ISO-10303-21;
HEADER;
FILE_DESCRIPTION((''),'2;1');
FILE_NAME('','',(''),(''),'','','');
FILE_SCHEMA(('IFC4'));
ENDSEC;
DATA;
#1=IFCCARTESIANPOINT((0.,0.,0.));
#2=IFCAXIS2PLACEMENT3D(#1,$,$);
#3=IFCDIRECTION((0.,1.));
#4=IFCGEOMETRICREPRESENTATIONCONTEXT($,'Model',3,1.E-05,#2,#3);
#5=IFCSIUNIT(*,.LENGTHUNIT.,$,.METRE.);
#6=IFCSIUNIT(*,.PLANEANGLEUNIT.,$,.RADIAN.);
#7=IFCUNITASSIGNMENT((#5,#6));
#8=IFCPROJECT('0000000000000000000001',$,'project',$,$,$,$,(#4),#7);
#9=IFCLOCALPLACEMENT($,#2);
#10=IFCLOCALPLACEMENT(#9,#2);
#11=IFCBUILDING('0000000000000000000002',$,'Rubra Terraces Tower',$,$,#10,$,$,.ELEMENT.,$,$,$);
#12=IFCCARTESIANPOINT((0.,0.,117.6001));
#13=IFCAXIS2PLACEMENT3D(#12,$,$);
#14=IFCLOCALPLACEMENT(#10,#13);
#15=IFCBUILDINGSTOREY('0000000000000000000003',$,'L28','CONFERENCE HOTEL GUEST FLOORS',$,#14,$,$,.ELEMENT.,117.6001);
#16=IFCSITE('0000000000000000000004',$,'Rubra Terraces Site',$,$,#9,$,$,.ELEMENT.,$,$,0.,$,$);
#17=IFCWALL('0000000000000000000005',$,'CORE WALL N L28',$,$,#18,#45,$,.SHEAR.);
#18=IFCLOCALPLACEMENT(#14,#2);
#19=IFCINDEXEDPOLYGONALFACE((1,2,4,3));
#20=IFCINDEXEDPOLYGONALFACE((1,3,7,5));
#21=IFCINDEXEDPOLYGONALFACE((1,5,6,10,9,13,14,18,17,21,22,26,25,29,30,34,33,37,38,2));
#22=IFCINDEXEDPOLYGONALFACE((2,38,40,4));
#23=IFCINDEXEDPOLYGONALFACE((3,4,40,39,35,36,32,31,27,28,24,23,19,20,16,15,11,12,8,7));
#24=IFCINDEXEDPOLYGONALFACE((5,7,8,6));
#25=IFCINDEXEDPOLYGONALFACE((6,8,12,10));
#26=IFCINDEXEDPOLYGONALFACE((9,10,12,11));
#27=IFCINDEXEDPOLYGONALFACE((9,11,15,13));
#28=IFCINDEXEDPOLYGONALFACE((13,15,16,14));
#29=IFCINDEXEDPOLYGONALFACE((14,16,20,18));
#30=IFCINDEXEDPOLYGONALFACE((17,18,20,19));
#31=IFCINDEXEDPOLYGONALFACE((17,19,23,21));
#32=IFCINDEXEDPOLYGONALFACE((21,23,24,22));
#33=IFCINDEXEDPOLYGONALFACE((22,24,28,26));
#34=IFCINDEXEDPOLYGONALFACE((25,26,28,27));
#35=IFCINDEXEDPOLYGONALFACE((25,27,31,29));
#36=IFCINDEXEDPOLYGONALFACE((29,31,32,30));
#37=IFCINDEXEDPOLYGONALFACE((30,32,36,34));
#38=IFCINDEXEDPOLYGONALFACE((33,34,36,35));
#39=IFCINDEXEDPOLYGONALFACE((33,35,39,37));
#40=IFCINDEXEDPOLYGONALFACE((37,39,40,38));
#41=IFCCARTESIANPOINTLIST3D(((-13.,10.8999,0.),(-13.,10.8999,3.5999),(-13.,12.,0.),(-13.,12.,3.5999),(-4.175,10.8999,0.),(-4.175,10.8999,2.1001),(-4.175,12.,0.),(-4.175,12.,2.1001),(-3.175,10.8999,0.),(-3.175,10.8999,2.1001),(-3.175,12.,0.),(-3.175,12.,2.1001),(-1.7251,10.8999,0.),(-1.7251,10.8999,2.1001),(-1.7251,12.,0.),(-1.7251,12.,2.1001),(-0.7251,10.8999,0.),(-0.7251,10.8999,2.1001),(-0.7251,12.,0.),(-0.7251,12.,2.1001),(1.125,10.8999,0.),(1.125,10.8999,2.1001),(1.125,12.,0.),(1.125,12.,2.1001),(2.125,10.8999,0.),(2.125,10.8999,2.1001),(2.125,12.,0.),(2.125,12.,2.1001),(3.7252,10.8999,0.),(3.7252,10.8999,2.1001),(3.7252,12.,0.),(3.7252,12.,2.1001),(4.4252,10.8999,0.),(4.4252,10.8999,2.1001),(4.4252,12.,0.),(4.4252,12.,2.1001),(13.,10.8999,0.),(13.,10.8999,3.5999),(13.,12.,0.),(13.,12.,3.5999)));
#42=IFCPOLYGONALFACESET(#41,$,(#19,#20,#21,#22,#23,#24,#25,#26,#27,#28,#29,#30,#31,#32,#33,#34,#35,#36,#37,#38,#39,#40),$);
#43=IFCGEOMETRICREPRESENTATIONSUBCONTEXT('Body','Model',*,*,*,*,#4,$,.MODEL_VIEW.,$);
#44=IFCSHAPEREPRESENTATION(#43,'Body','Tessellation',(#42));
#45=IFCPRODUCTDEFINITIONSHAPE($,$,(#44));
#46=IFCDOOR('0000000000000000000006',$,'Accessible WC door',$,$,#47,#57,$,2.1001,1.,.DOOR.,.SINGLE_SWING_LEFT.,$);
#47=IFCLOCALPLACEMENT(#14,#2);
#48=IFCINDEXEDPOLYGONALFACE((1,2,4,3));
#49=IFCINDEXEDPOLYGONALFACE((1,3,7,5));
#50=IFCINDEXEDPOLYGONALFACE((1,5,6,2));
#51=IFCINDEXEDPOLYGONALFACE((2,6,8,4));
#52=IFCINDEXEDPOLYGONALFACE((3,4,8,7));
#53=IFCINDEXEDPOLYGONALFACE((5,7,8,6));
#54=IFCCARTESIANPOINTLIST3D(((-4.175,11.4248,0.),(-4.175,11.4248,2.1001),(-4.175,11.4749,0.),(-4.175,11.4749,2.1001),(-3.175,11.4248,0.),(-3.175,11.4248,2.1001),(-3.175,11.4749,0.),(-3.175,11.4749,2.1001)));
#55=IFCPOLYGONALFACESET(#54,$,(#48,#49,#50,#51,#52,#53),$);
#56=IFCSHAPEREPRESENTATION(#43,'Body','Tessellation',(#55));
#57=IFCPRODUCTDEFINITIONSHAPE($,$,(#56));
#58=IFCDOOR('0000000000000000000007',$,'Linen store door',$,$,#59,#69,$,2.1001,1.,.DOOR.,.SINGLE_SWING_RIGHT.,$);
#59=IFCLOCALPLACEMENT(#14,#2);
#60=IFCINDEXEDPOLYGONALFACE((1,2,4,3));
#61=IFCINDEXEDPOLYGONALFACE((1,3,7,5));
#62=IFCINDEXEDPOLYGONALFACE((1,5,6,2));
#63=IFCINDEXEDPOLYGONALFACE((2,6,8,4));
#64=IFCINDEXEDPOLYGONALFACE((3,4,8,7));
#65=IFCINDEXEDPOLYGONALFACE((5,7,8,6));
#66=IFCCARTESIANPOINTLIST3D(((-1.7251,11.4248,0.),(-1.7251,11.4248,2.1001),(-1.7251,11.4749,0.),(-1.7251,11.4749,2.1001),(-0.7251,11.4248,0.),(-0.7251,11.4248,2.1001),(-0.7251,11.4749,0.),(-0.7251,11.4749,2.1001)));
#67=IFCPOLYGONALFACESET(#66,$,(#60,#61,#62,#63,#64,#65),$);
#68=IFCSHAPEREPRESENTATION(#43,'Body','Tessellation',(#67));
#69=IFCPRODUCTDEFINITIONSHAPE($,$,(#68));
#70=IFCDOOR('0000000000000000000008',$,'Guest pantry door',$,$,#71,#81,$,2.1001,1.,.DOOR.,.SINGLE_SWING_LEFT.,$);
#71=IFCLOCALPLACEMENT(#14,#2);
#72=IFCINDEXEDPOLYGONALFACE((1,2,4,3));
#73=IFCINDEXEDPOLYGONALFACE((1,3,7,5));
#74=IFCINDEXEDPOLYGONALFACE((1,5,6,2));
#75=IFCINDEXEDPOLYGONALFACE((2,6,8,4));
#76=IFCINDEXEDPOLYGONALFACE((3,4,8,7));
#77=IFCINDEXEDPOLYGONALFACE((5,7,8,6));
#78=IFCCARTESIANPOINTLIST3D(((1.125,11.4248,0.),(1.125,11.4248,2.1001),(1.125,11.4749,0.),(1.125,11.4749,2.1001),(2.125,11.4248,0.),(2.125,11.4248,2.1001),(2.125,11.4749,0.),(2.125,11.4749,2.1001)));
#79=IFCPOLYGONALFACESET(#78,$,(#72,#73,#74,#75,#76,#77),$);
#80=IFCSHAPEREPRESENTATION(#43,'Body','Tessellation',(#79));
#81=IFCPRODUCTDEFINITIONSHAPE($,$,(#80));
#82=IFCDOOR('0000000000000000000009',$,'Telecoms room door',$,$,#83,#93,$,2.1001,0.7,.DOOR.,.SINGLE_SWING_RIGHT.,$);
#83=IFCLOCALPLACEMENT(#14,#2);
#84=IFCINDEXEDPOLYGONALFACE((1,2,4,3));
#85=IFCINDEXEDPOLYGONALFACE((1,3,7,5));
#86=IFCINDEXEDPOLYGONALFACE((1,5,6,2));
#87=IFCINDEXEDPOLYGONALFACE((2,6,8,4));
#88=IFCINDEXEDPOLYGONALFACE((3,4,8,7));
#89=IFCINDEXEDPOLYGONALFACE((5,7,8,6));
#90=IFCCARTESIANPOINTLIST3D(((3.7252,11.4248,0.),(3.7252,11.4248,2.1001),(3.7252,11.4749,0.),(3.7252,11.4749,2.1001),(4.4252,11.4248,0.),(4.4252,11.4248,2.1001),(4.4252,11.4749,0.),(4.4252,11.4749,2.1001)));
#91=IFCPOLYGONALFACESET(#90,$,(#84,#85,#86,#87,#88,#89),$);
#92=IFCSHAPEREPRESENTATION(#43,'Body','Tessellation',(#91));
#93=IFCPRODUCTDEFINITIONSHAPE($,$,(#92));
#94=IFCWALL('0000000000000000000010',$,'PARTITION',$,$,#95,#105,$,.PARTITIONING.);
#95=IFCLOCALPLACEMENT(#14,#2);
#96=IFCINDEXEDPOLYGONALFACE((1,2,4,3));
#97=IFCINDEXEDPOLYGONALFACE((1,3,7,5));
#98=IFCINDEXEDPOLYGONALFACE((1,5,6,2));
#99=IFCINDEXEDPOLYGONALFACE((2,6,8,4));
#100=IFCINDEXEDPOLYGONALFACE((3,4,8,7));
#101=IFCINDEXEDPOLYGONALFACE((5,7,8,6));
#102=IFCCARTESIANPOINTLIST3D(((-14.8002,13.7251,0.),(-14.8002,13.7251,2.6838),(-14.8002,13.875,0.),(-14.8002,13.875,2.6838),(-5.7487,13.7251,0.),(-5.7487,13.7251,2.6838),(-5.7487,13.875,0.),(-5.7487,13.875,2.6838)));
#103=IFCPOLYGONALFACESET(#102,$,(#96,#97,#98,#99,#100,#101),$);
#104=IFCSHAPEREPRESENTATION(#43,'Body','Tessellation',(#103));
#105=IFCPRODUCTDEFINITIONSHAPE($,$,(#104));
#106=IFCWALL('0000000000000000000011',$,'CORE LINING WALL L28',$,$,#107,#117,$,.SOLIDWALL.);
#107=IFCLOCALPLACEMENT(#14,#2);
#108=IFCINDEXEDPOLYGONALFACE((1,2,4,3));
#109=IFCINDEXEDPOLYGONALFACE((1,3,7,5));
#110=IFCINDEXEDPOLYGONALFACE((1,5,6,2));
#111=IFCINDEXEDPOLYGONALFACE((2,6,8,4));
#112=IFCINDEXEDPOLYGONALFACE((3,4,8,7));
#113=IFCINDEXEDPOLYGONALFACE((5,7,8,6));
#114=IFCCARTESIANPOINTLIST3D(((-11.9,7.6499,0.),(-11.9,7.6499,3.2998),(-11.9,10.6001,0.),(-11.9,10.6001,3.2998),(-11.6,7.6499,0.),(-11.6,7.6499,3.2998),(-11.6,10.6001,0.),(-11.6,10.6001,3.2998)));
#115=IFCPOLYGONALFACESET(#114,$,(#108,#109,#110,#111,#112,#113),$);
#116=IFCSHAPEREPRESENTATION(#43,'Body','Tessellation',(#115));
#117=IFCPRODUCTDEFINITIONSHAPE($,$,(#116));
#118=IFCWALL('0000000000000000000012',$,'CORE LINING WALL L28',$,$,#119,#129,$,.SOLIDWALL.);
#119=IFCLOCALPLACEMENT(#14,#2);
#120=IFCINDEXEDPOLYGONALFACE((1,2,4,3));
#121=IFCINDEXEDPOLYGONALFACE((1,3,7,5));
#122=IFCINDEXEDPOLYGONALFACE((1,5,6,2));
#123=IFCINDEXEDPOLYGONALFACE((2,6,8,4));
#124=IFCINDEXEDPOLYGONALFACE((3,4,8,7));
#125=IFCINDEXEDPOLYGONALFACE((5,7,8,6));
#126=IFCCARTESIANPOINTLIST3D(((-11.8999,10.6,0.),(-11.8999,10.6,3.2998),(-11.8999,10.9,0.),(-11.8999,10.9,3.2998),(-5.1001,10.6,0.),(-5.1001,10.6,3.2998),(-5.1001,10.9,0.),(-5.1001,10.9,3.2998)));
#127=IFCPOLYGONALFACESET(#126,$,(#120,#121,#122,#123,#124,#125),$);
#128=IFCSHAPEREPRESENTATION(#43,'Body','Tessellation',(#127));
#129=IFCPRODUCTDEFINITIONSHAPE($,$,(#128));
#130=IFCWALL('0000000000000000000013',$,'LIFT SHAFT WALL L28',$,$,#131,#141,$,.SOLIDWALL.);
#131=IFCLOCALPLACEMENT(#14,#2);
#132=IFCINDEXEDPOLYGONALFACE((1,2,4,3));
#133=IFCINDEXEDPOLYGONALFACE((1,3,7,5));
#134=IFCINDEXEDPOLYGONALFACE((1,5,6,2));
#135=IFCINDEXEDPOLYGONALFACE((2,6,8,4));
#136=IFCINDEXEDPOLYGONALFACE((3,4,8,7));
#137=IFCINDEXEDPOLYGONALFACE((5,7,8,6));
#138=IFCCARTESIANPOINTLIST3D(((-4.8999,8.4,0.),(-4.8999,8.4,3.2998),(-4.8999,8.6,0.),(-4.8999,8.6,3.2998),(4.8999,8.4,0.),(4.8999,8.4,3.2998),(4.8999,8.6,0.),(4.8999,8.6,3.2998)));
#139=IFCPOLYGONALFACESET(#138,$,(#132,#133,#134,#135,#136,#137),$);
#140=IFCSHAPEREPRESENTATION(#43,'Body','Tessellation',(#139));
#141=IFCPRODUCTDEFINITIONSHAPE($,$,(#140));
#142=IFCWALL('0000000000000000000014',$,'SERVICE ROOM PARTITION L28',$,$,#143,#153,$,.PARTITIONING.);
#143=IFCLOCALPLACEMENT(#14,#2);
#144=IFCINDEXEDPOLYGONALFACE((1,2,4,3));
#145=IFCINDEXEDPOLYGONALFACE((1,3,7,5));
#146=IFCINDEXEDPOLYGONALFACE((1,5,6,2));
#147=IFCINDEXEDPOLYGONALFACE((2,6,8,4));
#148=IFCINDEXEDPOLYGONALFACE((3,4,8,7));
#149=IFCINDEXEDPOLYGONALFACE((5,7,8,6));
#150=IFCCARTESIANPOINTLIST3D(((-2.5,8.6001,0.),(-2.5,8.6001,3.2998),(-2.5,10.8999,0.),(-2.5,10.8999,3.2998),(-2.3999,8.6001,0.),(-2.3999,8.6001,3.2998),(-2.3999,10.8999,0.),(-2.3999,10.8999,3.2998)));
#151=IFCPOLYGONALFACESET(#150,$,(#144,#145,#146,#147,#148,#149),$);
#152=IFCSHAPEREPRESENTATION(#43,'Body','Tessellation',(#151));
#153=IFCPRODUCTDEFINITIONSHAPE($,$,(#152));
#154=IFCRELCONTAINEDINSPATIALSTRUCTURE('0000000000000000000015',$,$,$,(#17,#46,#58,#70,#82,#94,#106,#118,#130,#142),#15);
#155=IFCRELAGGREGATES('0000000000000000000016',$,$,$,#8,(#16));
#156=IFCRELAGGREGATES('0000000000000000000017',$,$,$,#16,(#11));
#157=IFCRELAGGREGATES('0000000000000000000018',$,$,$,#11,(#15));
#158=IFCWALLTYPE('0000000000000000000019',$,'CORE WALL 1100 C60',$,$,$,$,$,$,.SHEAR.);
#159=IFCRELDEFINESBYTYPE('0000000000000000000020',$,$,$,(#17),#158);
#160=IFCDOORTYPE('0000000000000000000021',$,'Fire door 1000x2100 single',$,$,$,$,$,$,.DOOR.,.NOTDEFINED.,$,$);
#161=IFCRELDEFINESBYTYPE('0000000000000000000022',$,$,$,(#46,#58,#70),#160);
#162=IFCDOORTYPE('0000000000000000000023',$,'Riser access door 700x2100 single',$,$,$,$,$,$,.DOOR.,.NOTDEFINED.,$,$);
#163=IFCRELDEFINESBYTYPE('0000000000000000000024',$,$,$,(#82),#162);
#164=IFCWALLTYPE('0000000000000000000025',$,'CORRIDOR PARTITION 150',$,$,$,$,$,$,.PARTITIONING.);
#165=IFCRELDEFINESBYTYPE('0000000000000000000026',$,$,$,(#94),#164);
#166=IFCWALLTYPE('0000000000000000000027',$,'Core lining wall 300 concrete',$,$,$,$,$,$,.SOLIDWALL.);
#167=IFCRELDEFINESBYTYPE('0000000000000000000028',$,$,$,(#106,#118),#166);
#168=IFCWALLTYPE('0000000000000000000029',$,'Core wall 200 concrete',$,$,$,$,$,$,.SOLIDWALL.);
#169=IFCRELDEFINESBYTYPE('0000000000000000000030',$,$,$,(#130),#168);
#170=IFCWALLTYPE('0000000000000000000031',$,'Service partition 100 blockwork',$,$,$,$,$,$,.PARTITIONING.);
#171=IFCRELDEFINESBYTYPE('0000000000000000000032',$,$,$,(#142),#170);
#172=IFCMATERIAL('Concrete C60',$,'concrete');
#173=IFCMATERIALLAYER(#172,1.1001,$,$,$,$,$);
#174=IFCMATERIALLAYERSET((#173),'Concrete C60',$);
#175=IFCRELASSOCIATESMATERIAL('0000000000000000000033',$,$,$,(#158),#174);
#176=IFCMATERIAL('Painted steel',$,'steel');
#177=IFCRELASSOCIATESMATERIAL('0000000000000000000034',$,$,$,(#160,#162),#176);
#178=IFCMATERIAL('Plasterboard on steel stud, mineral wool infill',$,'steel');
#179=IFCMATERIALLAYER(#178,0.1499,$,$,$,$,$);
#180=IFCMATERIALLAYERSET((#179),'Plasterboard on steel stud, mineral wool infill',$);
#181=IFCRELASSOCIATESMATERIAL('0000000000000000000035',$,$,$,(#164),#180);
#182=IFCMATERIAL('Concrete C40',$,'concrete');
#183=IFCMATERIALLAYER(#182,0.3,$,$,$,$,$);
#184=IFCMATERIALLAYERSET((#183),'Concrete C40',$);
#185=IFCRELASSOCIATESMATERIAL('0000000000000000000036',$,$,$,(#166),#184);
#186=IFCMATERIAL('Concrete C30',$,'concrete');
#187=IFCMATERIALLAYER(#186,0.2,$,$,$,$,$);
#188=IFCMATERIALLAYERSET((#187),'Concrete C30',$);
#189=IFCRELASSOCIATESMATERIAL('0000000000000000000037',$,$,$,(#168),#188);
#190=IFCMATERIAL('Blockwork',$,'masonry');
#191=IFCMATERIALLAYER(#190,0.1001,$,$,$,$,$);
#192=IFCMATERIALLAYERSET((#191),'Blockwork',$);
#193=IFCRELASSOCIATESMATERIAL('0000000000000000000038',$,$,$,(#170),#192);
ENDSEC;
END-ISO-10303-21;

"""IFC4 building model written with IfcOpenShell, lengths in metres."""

from ifc_helpers import new_model, si_unit, direction, frame, frame_2d, origin, place, context, subcontext, project, spatial, rectangle, extrude, material, layer, layer_set, type_object, element, fill, save


model = new_model("IFC4")

# Units and contexts
model_context = context("Model", 3, precision=1e-05, world=origin(), true_north=direction((0.0, 1.0)))
body_context = subcontext(model_context, "Body", "Model", "MODEL_VIEW")
ifc_project = project(units=[si_unit("LENGTHUNIT", "METRE"), si_unit("PLANEANGLEUNIT", "RADIAN")], contexts=[model_context])

# Site, building, storey
site_placement = place(None, origin())
site = spatial("IfcSite", under=ifc_project, at=site_placement, Name="Rubra Terraces Site", CompositionType="ELEMENT", RefElevation=0.0)
building_placement = place(site_placement, origin())
building = spatial("IfcBuilding", under=site, at=building_placement, Name="Rubra Terraces Tower", CompositionType="ELEMENT")
storey_placement = place(building_placement, frame((0.0, 0.0, 117.6001)))
storey = spatial("IfcBuildingStorey", under=building, at=storey_placement, Name="L28", Description="CONFERENCE HOTEL GUEST FLOORS", CompositionType="ELEMENT", Elevation=117.6001)

# Wall, openings, doors
ifc_material_1 = material(Name="Concrete C60", Category="concrete")
ifc_layer_1 = layer(ifc_material_1, 1.1001)
ifc_layer_set_1 = layer_set([ifc_layer_1], Name="Concrete C60")
wall_type_1 = type_object("IfcWallType", Name="CORE WALL 1100 C60", PredefinedType="SHEAR", material=ifc_layer_set_1)
wall_1_placement = place(storey_placement, frame((-13.0, 11.45, 0.0), z_axis=(0.0, 0.0, 1.0), x_axis=(1.0, 0.0, 0.0)))
wall_1 = element("IfcWall", 1, at=wall_1_placement, inside=storey, type_object=wall_type_1, Name="CORE WALL N L28", PredefinedType="SHEAR", context=body_context, shape_type="SweptSolid", body=[
    extrude(rectangle(XDim=26.0, YDim=1.1001, at=frame_2d((13.0, 0.0))), origin(), (0.0, 0.0, 1.0), 3.5999),
])
opening_1_placement = place(wall_1_placement, frame((8.825, 0.0, 0.0)))
opening_1 = element("IfcOpeningElement", 2, at=opening_1_placement, cuts=wall_1, PredefinedType="OPENING", context=body_context, shape_type="SweptSolid", body=[
    extrude(rectangle(XDim=1.0, YDim=2.1001, at=frame_2d((0.5, 1.05))), frame((0.0, 0.5601, 0.0), z_axis=(0.0, -1.0, 0.0), x_axis=(1.0, 0.0, 0.0)), (0.0, 0.0, 1.0), 1.1201),
])
opening_2_placement = place(wall_1_placement, frame((11.2749, 0.0, 0.0)))
opening_2 = element("IfcOpeningElement", 3, at=opening_2_placement, cuts=wall_1, PredefinedType="OPENING", context=body_context, shape_type="SweptSolid", body=[
    extrude(rectangle(XDim=1.0, YDim=2.1001, at=frame_2d((0.5, 1.05))), frame((0.0, 0.5601, 0.0), z_axis=(0.0, -1.0, 0.0), x_axis=(1.0, 0.0, 0.0)), (0.0, 0.0, 1.0), 1.1201),
])
opening_3_placement = place(wall_1_placement, frame((14.125, 0.0, 0.0)))
opening_3 = element("IfcOpeningElement", 4, at=opening_3_placement, cuts=wall_1, PredefinedType="OPENING", context=body_context, shape_type="SweptSolid", body=[
    extrude(rectangle(XDim=1.0, YDim=2.1001, at=frame_2d((0.5, 1.05))), frame((0.0, 0.5601, 0.0), z_axis=(0.0, -1.0, 0.0), x_axis=(1.0, 0.0, 0.0)), (0.0, 0.0, 1.0), 1.1201),
])
opening_4_placement = place(wall_1_placement, frame((16.7251, 0.0, 0.0)))
opening_4 = element("IfcOpeningElement", 5, at=opening_4_placement, cuts=wall_1, PredefinedType="OPENING", context=body_context, shape_type="SweptSolid", body=[
    extrude(rectangle(XDim=0.7, YDim=2.1001, at=frame_2d((0.3501, 1.05))), frame((0.0, 0.5601, 0.0), z_axis=(0.0, -1.0, 0.0), x_axis=(1.0, 0.0, 0.0)), (0.0, 0.0, 1.0), 1.1201),
])
ifc_material_2 = material(Name="Painted steel", Category="steel")
door_type_1 = type_object("IfcDoorType", Name="Fire door 1000x2100 single", OperationType="NOTDEFINED", PredefinedType="DOOR", material=ifc_material_2)
door_1_placement = place(opening_1_placement, origin())
door_1 = element("IfcDoor", 6, at=door_1_placement, inside=storey, type_object=door_type_1, Name="Accessible WC door", OperationType="SINGLE_SWING_LEFT", OverallHeight=2.1001, OverallWidth=1.0, PredefinedType="DOOR", context=body_context, shape_type="SweptSolid", body=[
    extrude(rectangle(XDim=1.0, YDim=2.1001, at=frame_2d((0.5, 1.05))), frame((0.0, 0.0249, 0.0), z_axis=(0.0, -1.0, 0.0), x_axis=(1.0, 0.0, 0.0)), (0.0, 0.0, 1.0), 0.05),
])
fill(opening_1, door_1)
door_2_placement = place(opening_2_placement, origin())
door_2 = element("IfcDoor", 7, at=door_2_placement, inside=storey, type_object=door_type_1, Name="Linen store door", OperationType="SINGLE_SWING_RIGHT", OverallHeight=2.1001, OverallWidth=1.0, PredefinedType="DOOR", context=body_context, shape_type="SweptSolid", body=[
    extrude(rectangle(XDim=1.0, YDim=2.1001, at=frame_2d((0.5, 1.05))), frame((0.0, 0.0249, 0.0), z_axis=(0.0, -1.0, 0.0), x_axis=(1.0, 0.0, 0.0)), (0.0, 0.0, 1.0), 0.05),
])
fill(opening_2, door_2)
door_3_placement = place(opening_3_placement, origin())
door_3 = element("IfcDoor", 8, at=door_3_placement, inside=storey, type_object=door_type_1, Name="Guest pantry door", OperationType="SINGLE_SWING_LEFT", OverallHeight=2.1001, OverallWidth=1.0, PredefinedType="DOOR", context=body_context, shape_type="SweptSolid", body=[
    extrude(rectangle(XDim=1.0, YDim=2.1001, at=frame_2d((0.5, 1.05))), frame((0.0, 0.0249, 0.0), z_axis=(0.0, -1.0, 0.0), x_axis=(1.0, 0.0, 0.0)), (0.0, 0.0, 1.0), 0.05),
])
fill(opening_3, door_3)
door_type_2 = type_object("IfcDoorType", Name="Riser access door 700x2100 single", OperationType="NOTDEFINED", PredefinedType="DOOR", material=ifc_material_2)
door_4_placement = place(opening_4_placement, origin())
door_4 = element("IfcDoor", 9, at=door_4_placement, inside=storey, type_object=door_type_2, Name="Telecoms room door", OperationType="SINGLE_SWING_RIGHT", OverallHeight=2.1001, OverallWidth=0.7, PredefinedType="DOOR", context=body_context, shape_type="SweptSolid", body=[
    extrude(rectangle(XDim=0.7, YDim=2.1001, at=frame_2d((0.3501, 1.05))), frame((0.0, 0.0249, 0.0), z_axis=(0.0, -1.0, 0.0), x_axis=(1.0, 0.0, 0.0)), (0.0, 0.0, 1.0), 0.05),
])
fill(opening_4, door_4)

# Walls
ifc_material_3 = material(Name="Plasterboard on steel stud, mineral wool infill", Category="steel")
ifc_layer_2 = layer(ifc_material_3, 0.1499)
ifc_layer_set_2 = layer_set([ifc_layer_2], Name="Plasterboard on steel stud, mineral wool infill")
wall_type_2 = type_object("IfcWallType", Name="CORRIDOR PARTITION 150", PredefinedType="PARTITIONING", material=ifc_layer_set_2)
wall_2_placement = place(storey_placement, frame((-5.7485, 13.8, 0.0), z_axis=(0.0, 0.0, 1.0), x_axis=(-1.0, 0.0, 0.0)))
element("IfcWall", 10, at=wall_2_placement, inside=storey, type_object=wall_type_2, Name="PARTITION", PredefinedType="PARTITIONING", context=body_context, shape_type="SweptSolid", body=[
    extrude(rectangle(XDim=9.0515, YDim=0.1499, at=frame_2d((4.5259, 0.0))), origin(), (0.0, 0.0, 1.0), 2.6838),
])
ifc_material_4 = material(Name="Concrete C40", Category="concrete")
ifc_layer_3 = layer(ifc_material_4, 0.3)
ifc_layer_set_3 = layer_set([ifc_layer_3], Name="Concrete C40")
wall_type_3 = type_object("IfcWallType", Name="Core lining wall 300 concrete", PredefinedType="SOLIDWALL", material=ifc_layer_set_3)
wall_3_placement = place(storey_placement, frame((-11.75, 7.6499, 0.0), z_axis=(0.0, 0.0, 1.0), x_axis=(0.0, 1.0, 0.0)))
element("IfcWall", 11, at=wall_3_placement, inside=storey, type_object=wall_type_3, Name="CORE LINING WALL L28", PredefinedType="SOLIDWALL", context=body_context, shape_type="SweptSolid", body=[
    extrude(rectangle(XDim=2.9502, YDim=0.3, at=frame_2d((1.4751, 0.0))), origin(), (0.0, 0.0, 1.0), 3.2998),
])
wall_4_placement = place(storey_placement, frame((-11.8999, 10.75, 0.0), z_axis=(0.0, 0.0, 1.0), x_axis=(1.0, 0.0, 0.0)))
element("IfcWall", 12, at=wall_4_placement, inside=storey, type_object=wall_type_3, Name="CORE LINING WALL L28", PredefinedType="SOLIDWALL", context=body_context, shape_type="SweptSolid", body=[
    extrude(rectangle(XDim=6.7998, YDim=0.3, at=frame_2d((3.3999, 0.0))), origin(), (0.0, 0.0, 1.0), 3.2998),
])
ifc_material_5 = material(Name="Concrete C30", Category="concrete")
ifc_layer_4 = layer(ifc_material_5, 0.2)
ifc_layer_set_4 = layer_set([ifc_layer_4], Name="Concrete C30")
wall_type_4 = type_object("IfcWallType", Name="Core wall 200 concrete", PredefinedType="SOLIDWALL", material=ifc_layer_set_4)
wall_5_placement = place(storey_placement, frame((-4.8999, 8.5, 0.0), z_axis=(0.0, 0.0, 1.0), x_axis=(1.0, 0.0, 0.0)))
element("IfcWall", 13, at=wall_5_placement, inside=storey, type_object=wall_type_4, Name="LIFT SHAFT WALL L28", PredefinedType="SOLIDWALL", context=body_context, shape_type="SweptSolid", body=[
    extrude(rectangle(XDim=9.7998, YDim=0.2, at=frame_2d((4.8999, 0.0))), origin(), (0.0, 0.0, 1.0), 3.2998),
])
ifc_material_6 = material(Name="Blockwork", Category="masonry")
ifc_layer_5 = layer(ifc_material_6, 0.1001)
ifc_layer_set_5 = layer_set([ifc_layer_5], Name="Blockwork")
wall_type_5 = type_object("IfcWallType", Name="Service partition 100 blockwork", PredefinedType="PARTITIONING", material=ifc_layer_set_5)
wall_6_placement = place(storey_placement, frame((-2.45, 8.6001, 0.0), z_axis=(0.0, 0.0, 1.0), x_axis=(0.0, 1.0, 0.0)))
element("IfcWall", 14, at=wall_6_placement, inside=storey, type_object=wall_type_5, Name="SERVICE ROOM PARTITION L28", PredefinedType="PARTITIONING", context=body_context, shape_type="SweptSolid", body=[
    extrude(rectangle(XDim=2.2998, YDim=0.1001, at=frame_2d((1.1499, 0.0))), origin(), (0.0, 0.0, 1.0), 3.2998),
])

save(model, "model.ifc")
